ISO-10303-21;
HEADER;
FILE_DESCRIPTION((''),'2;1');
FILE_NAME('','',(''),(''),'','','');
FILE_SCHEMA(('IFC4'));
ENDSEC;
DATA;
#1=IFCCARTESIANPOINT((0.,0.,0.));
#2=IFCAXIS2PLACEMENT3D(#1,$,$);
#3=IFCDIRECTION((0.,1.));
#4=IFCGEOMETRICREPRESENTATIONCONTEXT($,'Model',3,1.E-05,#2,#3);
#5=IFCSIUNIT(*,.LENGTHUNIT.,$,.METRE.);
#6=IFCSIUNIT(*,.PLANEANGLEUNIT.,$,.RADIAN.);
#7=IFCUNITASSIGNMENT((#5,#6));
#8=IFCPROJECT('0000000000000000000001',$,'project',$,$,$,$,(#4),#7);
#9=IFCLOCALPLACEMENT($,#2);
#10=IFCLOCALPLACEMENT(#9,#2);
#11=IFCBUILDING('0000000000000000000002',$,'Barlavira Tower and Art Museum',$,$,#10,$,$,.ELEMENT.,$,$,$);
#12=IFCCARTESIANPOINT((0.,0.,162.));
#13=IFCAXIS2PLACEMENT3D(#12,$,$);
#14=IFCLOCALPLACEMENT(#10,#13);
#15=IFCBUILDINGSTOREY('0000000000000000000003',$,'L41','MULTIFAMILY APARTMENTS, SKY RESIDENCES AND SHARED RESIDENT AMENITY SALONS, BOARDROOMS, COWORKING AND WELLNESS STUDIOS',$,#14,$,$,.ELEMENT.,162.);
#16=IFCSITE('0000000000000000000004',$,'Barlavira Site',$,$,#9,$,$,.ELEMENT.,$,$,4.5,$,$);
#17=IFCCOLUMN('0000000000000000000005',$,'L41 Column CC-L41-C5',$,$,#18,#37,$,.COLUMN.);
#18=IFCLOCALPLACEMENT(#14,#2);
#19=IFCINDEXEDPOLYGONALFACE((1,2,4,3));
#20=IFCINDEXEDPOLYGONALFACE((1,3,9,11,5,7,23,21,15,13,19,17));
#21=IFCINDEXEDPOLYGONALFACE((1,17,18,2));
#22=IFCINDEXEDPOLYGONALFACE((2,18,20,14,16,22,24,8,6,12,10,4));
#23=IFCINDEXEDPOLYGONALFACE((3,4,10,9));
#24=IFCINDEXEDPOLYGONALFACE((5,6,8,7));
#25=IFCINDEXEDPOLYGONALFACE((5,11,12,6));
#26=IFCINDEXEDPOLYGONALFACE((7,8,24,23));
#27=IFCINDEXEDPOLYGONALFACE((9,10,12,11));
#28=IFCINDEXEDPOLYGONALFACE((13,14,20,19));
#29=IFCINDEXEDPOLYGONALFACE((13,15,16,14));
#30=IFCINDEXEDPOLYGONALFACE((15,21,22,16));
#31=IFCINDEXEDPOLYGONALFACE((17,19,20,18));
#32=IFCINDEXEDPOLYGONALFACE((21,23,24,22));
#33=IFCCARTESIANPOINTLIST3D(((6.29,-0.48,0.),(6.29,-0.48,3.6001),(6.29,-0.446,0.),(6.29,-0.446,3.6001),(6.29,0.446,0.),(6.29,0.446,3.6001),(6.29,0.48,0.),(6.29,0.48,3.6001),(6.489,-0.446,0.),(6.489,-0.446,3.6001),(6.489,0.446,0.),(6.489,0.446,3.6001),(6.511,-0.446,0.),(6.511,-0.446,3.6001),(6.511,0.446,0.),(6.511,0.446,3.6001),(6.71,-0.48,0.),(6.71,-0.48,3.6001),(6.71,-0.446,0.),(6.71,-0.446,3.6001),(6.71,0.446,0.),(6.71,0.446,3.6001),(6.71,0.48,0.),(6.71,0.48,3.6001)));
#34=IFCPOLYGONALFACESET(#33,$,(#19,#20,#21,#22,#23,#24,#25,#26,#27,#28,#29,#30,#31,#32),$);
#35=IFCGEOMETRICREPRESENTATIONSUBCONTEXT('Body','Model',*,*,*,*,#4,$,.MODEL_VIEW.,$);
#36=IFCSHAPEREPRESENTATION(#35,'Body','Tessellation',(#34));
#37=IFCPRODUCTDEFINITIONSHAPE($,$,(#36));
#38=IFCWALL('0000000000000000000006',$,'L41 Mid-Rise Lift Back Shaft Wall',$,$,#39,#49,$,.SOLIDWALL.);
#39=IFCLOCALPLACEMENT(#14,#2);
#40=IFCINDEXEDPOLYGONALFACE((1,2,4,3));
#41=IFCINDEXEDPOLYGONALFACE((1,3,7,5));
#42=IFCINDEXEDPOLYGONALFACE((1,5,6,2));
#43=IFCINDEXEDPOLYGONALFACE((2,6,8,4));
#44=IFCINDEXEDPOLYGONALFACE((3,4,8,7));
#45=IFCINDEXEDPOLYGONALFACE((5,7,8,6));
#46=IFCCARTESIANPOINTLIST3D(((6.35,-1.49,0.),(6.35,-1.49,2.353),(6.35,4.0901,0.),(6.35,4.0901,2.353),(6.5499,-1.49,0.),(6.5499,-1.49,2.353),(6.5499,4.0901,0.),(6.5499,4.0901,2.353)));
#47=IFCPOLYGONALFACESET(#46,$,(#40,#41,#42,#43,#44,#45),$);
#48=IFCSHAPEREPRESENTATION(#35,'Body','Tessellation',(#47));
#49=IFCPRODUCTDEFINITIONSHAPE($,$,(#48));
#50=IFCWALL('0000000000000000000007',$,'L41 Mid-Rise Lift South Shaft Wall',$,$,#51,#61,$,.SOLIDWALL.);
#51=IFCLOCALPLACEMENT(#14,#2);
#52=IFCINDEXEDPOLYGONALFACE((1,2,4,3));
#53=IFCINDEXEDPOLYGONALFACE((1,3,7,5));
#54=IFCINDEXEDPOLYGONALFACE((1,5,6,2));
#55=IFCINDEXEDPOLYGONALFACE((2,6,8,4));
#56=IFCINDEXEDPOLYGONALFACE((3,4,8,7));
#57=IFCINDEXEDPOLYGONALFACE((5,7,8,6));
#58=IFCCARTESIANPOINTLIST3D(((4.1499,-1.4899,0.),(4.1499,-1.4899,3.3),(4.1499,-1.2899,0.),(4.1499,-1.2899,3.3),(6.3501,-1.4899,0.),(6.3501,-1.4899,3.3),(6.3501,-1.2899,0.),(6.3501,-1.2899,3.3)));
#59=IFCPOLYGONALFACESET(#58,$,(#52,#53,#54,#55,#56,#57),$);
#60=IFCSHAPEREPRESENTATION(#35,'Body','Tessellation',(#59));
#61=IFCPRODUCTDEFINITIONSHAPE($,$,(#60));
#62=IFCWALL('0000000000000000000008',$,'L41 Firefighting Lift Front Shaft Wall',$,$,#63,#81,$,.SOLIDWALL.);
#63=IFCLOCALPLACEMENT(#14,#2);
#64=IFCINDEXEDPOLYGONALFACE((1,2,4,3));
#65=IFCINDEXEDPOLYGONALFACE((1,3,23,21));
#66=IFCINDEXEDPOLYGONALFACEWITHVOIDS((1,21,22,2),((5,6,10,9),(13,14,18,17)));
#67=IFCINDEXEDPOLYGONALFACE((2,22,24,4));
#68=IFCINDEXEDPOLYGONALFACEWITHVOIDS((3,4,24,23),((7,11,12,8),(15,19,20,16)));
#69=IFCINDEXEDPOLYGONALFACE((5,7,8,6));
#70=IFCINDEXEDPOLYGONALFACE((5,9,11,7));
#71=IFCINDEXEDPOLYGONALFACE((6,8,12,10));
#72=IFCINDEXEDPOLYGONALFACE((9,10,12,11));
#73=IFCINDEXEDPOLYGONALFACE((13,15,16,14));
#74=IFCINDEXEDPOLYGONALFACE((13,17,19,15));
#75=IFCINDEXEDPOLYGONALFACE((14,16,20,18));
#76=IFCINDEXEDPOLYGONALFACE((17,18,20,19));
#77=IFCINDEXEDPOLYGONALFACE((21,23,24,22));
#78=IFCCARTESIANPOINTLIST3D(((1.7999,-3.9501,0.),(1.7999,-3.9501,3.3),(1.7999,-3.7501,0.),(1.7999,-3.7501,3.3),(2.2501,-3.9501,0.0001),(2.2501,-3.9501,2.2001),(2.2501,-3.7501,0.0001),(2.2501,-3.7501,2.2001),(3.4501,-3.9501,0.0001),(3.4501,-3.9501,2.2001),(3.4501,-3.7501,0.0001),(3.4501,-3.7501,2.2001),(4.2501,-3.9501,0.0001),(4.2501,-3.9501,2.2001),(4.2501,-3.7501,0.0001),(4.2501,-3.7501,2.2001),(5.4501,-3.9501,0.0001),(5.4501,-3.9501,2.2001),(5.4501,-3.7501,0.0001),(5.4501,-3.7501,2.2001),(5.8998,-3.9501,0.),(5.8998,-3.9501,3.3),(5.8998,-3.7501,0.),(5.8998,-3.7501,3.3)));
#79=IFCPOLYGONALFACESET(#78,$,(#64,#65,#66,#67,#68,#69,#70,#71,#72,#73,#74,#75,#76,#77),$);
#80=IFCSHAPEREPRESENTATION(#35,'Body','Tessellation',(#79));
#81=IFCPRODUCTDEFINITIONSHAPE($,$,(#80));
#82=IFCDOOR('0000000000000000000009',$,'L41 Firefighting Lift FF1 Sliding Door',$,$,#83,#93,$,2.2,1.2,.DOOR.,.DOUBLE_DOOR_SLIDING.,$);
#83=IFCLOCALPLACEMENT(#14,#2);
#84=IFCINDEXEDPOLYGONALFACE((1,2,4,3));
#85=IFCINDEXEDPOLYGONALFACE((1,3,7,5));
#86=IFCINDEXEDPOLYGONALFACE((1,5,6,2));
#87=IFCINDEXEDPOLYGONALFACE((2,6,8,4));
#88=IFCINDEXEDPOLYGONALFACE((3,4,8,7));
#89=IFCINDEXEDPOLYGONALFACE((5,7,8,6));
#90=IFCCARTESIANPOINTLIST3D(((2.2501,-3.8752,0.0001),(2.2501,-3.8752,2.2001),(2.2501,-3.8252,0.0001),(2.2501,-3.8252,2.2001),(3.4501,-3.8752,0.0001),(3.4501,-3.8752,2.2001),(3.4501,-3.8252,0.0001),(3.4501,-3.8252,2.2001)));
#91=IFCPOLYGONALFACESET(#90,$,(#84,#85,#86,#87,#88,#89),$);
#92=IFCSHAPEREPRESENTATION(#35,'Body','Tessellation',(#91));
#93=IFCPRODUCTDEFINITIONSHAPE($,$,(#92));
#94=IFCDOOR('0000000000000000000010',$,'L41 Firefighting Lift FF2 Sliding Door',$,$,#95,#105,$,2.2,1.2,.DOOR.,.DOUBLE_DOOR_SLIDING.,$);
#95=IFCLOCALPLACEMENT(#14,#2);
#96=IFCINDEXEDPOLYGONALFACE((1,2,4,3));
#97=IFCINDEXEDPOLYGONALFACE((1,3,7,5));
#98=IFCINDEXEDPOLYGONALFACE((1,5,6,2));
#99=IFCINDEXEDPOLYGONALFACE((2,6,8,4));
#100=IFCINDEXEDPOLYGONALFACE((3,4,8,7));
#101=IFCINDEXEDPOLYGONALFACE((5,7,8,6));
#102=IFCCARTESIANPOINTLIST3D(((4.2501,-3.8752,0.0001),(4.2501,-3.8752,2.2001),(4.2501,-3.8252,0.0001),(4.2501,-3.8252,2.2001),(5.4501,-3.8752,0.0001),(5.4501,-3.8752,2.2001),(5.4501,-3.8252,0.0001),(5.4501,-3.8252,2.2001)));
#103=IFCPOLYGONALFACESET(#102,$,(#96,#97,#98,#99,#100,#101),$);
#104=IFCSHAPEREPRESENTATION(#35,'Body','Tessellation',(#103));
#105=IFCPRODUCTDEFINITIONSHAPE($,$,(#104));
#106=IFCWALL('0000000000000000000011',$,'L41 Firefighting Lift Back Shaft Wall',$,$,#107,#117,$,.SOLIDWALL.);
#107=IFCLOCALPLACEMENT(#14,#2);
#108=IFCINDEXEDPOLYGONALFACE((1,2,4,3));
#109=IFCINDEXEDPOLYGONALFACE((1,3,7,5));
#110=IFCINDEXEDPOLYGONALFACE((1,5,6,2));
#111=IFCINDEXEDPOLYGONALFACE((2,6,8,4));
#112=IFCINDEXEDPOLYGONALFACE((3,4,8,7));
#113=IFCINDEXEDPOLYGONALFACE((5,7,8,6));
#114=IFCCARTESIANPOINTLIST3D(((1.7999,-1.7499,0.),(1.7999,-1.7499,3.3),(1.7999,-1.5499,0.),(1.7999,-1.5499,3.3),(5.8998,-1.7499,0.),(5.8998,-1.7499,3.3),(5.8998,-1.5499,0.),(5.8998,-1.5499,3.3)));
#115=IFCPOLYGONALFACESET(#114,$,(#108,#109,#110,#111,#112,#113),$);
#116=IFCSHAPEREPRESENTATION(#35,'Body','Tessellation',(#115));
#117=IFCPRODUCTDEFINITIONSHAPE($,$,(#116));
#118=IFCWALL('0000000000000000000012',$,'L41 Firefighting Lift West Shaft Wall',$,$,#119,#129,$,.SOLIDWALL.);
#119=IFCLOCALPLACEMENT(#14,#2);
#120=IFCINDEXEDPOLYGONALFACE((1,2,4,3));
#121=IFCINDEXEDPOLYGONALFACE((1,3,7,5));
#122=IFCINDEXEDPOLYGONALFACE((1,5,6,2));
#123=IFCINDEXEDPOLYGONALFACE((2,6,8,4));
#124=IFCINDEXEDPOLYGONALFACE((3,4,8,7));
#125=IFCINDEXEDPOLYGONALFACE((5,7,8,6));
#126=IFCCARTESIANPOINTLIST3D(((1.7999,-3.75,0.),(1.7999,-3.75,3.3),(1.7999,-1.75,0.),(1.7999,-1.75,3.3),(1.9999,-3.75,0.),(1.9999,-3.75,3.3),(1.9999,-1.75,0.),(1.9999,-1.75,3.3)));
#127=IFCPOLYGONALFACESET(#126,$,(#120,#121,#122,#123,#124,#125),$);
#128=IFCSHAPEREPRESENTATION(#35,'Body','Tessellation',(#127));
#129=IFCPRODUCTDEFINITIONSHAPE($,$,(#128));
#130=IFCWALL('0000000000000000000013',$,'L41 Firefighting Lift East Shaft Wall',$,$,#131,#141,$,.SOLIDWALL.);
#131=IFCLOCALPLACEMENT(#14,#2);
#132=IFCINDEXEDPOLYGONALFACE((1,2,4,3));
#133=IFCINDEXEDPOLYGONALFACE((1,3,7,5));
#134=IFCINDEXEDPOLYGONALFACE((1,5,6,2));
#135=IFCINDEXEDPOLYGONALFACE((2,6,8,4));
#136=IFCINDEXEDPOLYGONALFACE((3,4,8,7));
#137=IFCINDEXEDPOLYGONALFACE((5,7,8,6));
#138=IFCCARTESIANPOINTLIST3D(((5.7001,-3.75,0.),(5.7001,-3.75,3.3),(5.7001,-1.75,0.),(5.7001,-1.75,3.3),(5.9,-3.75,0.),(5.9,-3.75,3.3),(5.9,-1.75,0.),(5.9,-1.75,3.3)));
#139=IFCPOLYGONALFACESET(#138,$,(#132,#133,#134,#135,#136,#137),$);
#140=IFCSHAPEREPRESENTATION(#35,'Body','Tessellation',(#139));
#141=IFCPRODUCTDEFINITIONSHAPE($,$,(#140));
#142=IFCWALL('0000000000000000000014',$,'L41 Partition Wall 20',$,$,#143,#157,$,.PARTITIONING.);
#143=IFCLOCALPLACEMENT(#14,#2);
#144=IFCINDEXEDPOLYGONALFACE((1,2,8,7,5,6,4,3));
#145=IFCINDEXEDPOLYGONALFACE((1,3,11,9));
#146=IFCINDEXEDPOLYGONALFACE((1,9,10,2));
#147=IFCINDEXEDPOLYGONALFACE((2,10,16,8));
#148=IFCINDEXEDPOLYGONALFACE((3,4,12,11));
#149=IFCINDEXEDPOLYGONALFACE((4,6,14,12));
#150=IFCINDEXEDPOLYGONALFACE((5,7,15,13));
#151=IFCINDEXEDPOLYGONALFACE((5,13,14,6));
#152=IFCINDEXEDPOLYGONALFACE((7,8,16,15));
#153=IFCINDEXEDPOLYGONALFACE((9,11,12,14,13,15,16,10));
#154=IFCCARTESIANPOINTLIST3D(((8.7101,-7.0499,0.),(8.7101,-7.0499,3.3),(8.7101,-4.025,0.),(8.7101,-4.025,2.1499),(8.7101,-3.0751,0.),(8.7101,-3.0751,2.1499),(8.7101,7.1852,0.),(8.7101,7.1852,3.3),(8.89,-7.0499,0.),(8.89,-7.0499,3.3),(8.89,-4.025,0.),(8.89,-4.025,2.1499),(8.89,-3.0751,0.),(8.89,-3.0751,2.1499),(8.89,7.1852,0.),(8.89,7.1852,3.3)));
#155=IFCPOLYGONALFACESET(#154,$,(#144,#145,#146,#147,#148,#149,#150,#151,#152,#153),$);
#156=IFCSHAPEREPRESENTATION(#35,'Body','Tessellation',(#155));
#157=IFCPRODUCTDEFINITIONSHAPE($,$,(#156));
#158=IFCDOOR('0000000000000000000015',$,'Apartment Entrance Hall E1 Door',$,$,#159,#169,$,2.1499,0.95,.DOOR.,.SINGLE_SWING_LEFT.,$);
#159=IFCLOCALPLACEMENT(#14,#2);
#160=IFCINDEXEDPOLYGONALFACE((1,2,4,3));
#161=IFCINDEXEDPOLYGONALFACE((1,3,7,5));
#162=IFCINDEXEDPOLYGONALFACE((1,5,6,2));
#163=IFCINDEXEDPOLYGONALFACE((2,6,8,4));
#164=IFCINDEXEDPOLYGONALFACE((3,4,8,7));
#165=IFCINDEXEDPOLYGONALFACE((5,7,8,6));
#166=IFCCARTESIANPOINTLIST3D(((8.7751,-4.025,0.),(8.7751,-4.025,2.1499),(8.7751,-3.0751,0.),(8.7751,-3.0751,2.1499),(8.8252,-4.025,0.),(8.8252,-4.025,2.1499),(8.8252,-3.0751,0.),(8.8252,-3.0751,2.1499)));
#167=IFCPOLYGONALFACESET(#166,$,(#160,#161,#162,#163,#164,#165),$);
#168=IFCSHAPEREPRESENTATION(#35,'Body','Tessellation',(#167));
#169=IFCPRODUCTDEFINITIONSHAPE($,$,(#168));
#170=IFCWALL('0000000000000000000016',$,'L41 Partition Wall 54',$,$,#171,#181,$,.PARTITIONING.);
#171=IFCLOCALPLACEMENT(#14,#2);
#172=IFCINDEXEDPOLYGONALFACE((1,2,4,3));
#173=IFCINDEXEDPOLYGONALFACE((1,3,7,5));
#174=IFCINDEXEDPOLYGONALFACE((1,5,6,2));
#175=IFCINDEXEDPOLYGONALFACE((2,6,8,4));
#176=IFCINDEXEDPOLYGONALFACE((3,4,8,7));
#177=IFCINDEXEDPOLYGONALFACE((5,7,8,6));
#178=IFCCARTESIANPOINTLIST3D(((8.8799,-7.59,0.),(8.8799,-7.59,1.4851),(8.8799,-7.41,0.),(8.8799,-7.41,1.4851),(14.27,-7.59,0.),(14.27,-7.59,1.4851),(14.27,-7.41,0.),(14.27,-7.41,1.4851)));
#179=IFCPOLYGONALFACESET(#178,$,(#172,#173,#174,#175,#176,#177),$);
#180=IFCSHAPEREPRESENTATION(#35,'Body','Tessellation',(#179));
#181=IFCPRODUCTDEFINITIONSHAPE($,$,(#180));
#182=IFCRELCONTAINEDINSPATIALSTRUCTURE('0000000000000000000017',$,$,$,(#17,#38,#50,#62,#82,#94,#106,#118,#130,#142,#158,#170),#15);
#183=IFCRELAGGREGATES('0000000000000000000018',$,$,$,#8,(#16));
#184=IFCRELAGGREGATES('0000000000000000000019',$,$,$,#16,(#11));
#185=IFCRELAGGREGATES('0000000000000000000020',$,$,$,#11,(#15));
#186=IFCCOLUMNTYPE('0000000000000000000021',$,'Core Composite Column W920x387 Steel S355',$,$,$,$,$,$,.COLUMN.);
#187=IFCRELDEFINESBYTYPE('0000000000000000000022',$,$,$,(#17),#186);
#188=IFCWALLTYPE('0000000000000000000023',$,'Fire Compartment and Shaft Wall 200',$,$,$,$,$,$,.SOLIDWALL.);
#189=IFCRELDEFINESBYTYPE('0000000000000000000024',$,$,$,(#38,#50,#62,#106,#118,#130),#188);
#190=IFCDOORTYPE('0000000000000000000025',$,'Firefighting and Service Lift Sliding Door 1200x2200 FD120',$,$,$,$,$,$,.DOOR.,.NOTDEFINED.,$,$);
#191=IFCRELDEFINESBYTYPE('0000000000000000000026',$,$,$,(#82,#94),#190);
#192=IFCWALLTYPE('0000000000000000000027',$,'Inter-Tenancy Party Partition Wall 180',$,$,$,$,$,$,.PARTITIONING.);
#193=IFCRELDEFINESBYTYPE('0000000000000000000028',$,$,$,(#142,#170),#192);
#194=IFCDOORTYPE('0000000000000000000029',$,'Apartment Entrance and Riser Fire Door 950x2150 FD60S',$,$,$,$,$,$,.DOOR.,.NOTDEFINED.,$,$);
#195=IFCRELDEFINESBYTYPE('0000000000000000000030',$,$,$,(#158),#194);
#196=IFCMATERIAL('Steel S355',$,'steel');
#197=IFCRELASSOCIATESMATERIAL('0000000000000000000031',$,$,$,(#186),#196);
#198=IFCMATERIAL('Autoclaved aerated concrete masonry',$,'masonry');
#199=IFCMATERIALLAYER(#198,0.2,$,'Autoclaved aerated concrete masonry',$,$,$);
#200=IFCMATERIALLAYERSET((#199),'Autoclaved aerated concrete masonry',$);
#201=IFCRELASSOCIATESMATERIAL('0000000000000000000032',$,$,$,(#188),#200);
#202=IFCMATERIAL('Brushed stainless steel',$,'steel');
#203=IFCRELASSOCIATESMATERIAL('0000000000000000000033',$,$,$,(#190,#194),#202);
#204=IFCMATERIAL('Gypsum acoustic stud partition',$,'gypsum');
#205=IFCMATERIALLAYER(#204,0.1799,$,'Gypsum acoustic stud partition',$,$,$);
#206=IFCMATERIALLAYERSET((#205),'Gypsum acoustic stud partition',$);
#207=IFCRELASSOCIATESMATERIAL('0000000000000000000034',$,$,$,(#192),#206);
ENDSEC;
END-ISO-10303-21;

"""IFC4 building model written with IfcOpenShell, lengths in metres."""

from ifc_helpers import new_model, si_unit, direction, frame, frame_2d, origin, origin_2d, place, context, subcontext, project, spatial, rectangle, i_section, extrude, material, layer, layer_set, material_profile, profile_set, type_object, element, fill, save


model = new_model("IFC4")

# Units and contexts
model_context = context("Model", 3, precision=1e-05, world=origin(), true_north=direction((0.0, 1.0)))
body_context = subcontext(model_context, "Body", "Model", "MODEL_VIEW")
ifc_project = project(units=[si_unit("LENGTHUNIT", "METRE"), si_unit("PLANEANGLEUNIT", "RADIAN")], contexts=[model_context])

# Site, building, storey
site_placement = place(None, origin())
site = spatial("IfcSite", under=ifc_project, at=site_placement, Name="Barlavira Site", CompositionType="ELEMENT", RefElevation=4.5)
building_placement = place(site_placement, origin())
building = spatial("IfcBuilding", under=site, at=building_placement, Name="Barlavira Tower and Art Museum", CompositionType="ELEMENT")
storey_placement = place(building_placement, frame((0.0, 0.0, 162.0)))
storey = spatial("IfcBuildingStorey", under=building, at=storey_placement, Name="L41", Description="MULTIFAMILY APARTMENTS, SKY RESIDENCES AND SHARED RESIDENT AMENITY SALONS, BOARDROOMS, COWORKING AND WELLNESS STUDIOS", CompositionType="ELEMENT", Elevation=162.0)

# Column
ifc_material_1 = material(Name="Steel S355", Category="steel")
ifc_material_profile = material_profile(ifc_material_1, i_section(OverallWidth=0.4199, OverallDepth=0.96, WebThickness=0.022, FlangeThickness=0.0339, at=origin_2d()), Name="W920x387.0")
ifc_profile_set = profile_set([ifc_material_profile], Name="Steel S355")
column_type = type_object("IfcColumnType", Name="Core Composite Column W920x387 Steel S355", PredefinedType="COLUMN", material=ifc_profile_set)
column_placement = place(storey_placement, frame((6.5, 0.0, 0.0), z_axis=(0.0, 0.0, 1.0), x_axis=(1.0, 0.0, 0.0)))
element("IfcColumn", 1, at=column_placement, inside=storey, type_object=column_type, Name="L41 Column CC-L41-C5", PredefinedType="COLUMN", context=body_context, shape_type="SweptSolid", body=[
    extrude(i_section(OverallWidth=0.4199, OverallDepth=0.96, WebThickness=0.022, FlangeThickness=0.0339, at=origin_2d()), origin(), (0.0, 0.0, 1.0), 3.6001),
])

# Shared definitions
ifc_material_2 = material(Name="Brushed stainless steel", Category="steel")

# Shared definitions
ifc_material_3 = material(Name="Autoclaved aerated concrete masonry", Category="masonry")
ifc_layer_1 = layer(ifc_material_3, 0.2, Name="Autoclaved aerated concrete masonry")
ifc_layer_set_1 = layer_set([ifc_layer_1], Name="Autoclaved aerated concrete masonry")
wall_type_1 = type_object("IfcWallType", Name="Fire Compartment and Shaft Wall 200", PredefinedType="SOLIDWALL", material=ifc_layer_set_1)

# Walls
wall_1_placement = place(storey_placement, frame((6.45, -1.49, 0.0), z_axis=(0.0, 0.0, 1.0), x_axis=(0.0, 1.0, 0.0)))
element("IfcWall", 2, at=wall_1_placement, inside=storey, type_object=wall_type_1, Name="L41 Mid-Rise Lift Back Shaft Wall", PredefinedType="SOLIDWALL", context=body_context, shape_type="SweptSolid", body=[
    extrude(rectangle(XDim=5.5801, YDim=0.2, at=frame_2d((2.79, 0.0))), origin(), (0.0, 0.0, 1.0), 2.353),
])
wall_2_placement = place(storey_placement, frame((4.1499, -1.3899, 0.0), z_axis=(0.0, 0.0, 1.0), x_axis=(1.0, 0.0, 0.0)))
element("IfcWall", 3, at=wall_2_placement, inside=storey, type_object=wall_type_1, Name="L41 Mid-Rise Lift South Shaft Wall", PredefinedType="SOLIDWALL", context=body_context, shape_type="SweptSolid", body=[
    extrude(rectangle(XDim=2.2002, YDim=0.2, at=frame_2d((1.1001, 0.0))), origin(), (0.0, 0.0, 1.0), 3.3),
])

# Wall, openings, doors
wall_3_placement = place(storey_placement, frame((1.8, -3.8501, 0.0), z_axis=(0.0, 0.0, 1.0), x_axis=(1.0, 0.0, 0.0)))
wall_3 = element("IfcWall", 4, at=wall_3_placement, inside=storey, type_object=wall_type_1, Name="L41 Firefighting Lift Front Shaft Wall", PredefinedType="SOLIDWALL", context=body_context, shape_type="SweptSolid", body=[
    extrude(rectangle(XDim=4.0999, YDim=0.2, at=frame_2d((2.0498, 0.0))), origin(), (0.0, 0.0, 1.0), 3.3),
])
opening_1_placement = place(wall_3_placement, frame((0.45, 0.0, 0.0)))
opening_1 = element("IfcOpeningElement", 5, at=opening_1_placement, cuts=wall_3, PredefinedType="OPENING", context=body_context, shape_type="SweptSolid", body=[
    extrude(rectangle(XDim=1.2, YDim=2.2, at=frame_2d((0.6001, 1.1001))), frame((0.0, 0.1099, 0.0), z_axis=(0.0, -1.0, 0.0), x_axis=(1.0, 0.0, 0.0)), (0.0, 0.0, 1.0), 0.22),
])
opening_2_placement = place(wall_3_placement, frame((2.45, 0.0, 0.0)))
opening_2 = element("IfcOpeningElement", 6, at=opening_2_placement, cuts=wall_3, PredefinedType="OPENING", context=body_context, shape_type="SweptSolid", body=[
    extrude(rectangle(XDim=1.2, YDim=2.2, at=frame_2d((0.6001, 1.1001))), frame((0.0, 0.1099, 0.0), z_axis=(0.0, -1.0, 0.0), x_axis=(1.0, 0.0, 0.0)), (0.0, 0.0, 1.0), 0.22),
])
door_type_1 = type_object("IfcDoorType", Name="Firefighting and Service Lift Sliding Door 1200x2200 FD120", OperationType="NOTDEFINED", PredefinedType="DOOR", material=ifc_material_2)
door_1_placement = place(opening_1_placement, origin())
door_1 = element("IfcDoor", 7, at=door_1_placement, inside=storey, type_object=door_type_1, Name="L41 Firefighting Lift FF1 Sliding Door", OperationType="DOUBLE_DOOR_SLIDING", OverallHeight=2.2, OverallWidth=1.2, PredefinedType="DOOR", context=body_context, shape_type="SweptSolid", body=[
    extrude(rectangle(XDim=1.2, YDim=2.2, at=frame_2d((0.6001, 1.1001))), frame((0.0, 0.0249, 0.0), z_axis=(0.0, -1.0, 0.0), x_axis=(1.0, 0.0, 0.0)), (0.0, 0.0, 1.0), 0.05),
])
fill(opening_1, door_1)
door_2_placement = place(opening_2_placement, origin())
door_2 = element("IfcDoor", 8, at=door_2_placement, inside=storey, type_object=door_type_1, Name="L41 Firefighting Lift FF2 Sliding Door", OperationType="DOUBLE_DOOR_SLIDING", OverallHeight=2.2, OverallWidth=1.2, PredefinedType="DOOR", context=body_context, shape_type="SweptSolid", body=[
    extrude(rectangle(XDim=1.2, YDim=2.2, at=frame_2d((0.6001, 1.1001))), frame((0.0, 0.0249, 0.0), z_axis=(0.0, -1.0, 0.0), x_axis=(1.0, 0.0, 0.0)), (0.0, 0.0, 1.0), 0.05),
])
fill(opening_2, door_2)

# Walls
wall_4_placement = place(storey_placement, frame((1.8, -1.6499, 0.0), z_axis=(0.0, 0.0, 1.0), x_axis=(1.0, 0.0, 0.0)))
element("IfcWall", 9, at=wall_4_placement, inside=storey, type_object=wall_type_1, Name="L41 Firefighting Lift Back Shaft Wall", PredefinedType="SOLIDWALL", context=body_context, shape_type="SweptSolid", body=[
    extrude(rectangle(XDim=4.0999, YDim=0.2, at=frame_2d((2.0498, 0.0))), origin(), (0.0, 0.0, 1.0), 3.3),
])
for number, where, z_axis, x_axis, name in (
    (10, (1.8999, -3.75, 0.0), (0.0, 0.0, 1.0), (0.0, 1.0, 0.0), "L41 Firefighting Lift West Shaft Wall"),
    (11, (5.8, -3.75, 0.0), (0.0, 0.0, 1.0), (0.0, 1.0, 0.0), "L41 Firefighting Lift East Shaft Wall"),
):
    element("IfcWall", number, at=place(storey_placement, frame(where, z_axis=z_axis, x_axis=x_axis)), inside=storey, type_object=wall_type_1, Name=name, PredefinedType="SOLIDWALL", context=body_context, shape_type="SweptSolid", body=[
        extrude(rectangle(XDim=2.0, YDim=0.2, at=frame_2d((1.0, 0.0))), origin(), (0.0, 0.0, 1.0), 3.3),
    ])

# Wall, opening, door
ifc_material_4 = material(Name="Gypsum acoustic stud partition", Category="gypsum")
ifc_layer_2 = layer(ifc_material_4, 0.1799, Name="Gypsum acoustic stud partition")
ifc_layer_set_2 = layer_set([ifc_layer_2], Name="Gypsum acoustic stud partition")
wall_type_2 = type_object("IfcWallType", Name="Inter-Tenancy Party Partition Wall 180", PredefinedType="PARTITIONING", material=ifc_layer_set_2)
wall_5_placement = place(storey_placement, frame((8.8, -7.05, 0.0), z_axis=(0.0, 0.0, 1.0), x_axis=(0.0, 1.0, 0.0)))
wall_5 = element("IfcWall", 12, at=wall_5_placement, inside=storey, type_object=wall_type_2, Name="L41 Partition Wall 20", PredefinedType="PARTITIONING", context=body_context, shape_type="SweptSolid", body=[
    extrude(rectangle(XDim=14.2351, YDim=0.1799, at=frame_2d((7.1177, 0.0))), origin(), (0.0, 0.0, 1.0), 3.3),
])
opening_3_placement = place(wall_5_placement, frame((3.0249, 0.0, 0.0)))
opening_3 = element("IfcOpeningElement", 13, at=opening_3_placement, cuts=wall_5, PredefinedType="OPENING", context=body_context, shape_type="SweptSolid", body=[
    extrude(rectangle(XDim=0.95, YDim=2.1499, at=frame_2d((0.4751, 1.075))), frame((0.0, 0.1001, 0.0), z_axis=(0.0, -1.0, 0.0), x_axis=(1.0, 0.0, 0.0)), (0.0, 0.0, 1.0), 0.2),
])
door_type_2 = type_object("IfcDoorType", Name="Apartment Entrance and Riser Fire Door 950x2150 FD60S", OperationType="NOTDEFINED", PredefinedType="DOOR", material=ifc_material_2)
door_3_placement = place(opening_3_placement, origin())
door_3 = element("IfcDoor", 14, at=door_3_placement, inside=storey, type_object=door_type_2, Name="Apartment Entrance Hall E1 Door", OperationType="SINGLE_SWING_LEFT", OverallHeight=2.1499, OverallWidth=0.95, PredefinedType="DOOR", context=body_context, shape_type="SweptSolid", body=[
    extrude(rectangle(XDim=0.95, YDim=2.1499, at=frame_2d((0.4751, 1.075))), frame((0.0, 0.0249, 0.0), z_axis=(0.0, -1.0, 0.0), x_axis=(1.0, 0.0, 0.0)), (0.0, 0.0, 1.0), 0.05),
])
fill(opening_3, door_3)

# Wall
wall_6_placement = place(storey_placement, frame((8.8799, -7.5, 0.0), z_axis=(0.0, 0.0, 1.0), x_axis=(1.0, 0.0, 0.0)))
element("IfcWall", 15, at=wall_6_placement, inside=storey, type_object=wall_type_2, Name="L41 Partition Wall 54", PredefinedType="PARTITIONING", context=body_context, shape_type="SweptSolid", body=[
    extrude(rectangle(XDim=5.3901, YDim=0.1799, at=frame_2d((2.6951, 0.0))), origin(), (0.0, 0.0, 1.0), 1.4851),
])

save(model, "model.ifc")
